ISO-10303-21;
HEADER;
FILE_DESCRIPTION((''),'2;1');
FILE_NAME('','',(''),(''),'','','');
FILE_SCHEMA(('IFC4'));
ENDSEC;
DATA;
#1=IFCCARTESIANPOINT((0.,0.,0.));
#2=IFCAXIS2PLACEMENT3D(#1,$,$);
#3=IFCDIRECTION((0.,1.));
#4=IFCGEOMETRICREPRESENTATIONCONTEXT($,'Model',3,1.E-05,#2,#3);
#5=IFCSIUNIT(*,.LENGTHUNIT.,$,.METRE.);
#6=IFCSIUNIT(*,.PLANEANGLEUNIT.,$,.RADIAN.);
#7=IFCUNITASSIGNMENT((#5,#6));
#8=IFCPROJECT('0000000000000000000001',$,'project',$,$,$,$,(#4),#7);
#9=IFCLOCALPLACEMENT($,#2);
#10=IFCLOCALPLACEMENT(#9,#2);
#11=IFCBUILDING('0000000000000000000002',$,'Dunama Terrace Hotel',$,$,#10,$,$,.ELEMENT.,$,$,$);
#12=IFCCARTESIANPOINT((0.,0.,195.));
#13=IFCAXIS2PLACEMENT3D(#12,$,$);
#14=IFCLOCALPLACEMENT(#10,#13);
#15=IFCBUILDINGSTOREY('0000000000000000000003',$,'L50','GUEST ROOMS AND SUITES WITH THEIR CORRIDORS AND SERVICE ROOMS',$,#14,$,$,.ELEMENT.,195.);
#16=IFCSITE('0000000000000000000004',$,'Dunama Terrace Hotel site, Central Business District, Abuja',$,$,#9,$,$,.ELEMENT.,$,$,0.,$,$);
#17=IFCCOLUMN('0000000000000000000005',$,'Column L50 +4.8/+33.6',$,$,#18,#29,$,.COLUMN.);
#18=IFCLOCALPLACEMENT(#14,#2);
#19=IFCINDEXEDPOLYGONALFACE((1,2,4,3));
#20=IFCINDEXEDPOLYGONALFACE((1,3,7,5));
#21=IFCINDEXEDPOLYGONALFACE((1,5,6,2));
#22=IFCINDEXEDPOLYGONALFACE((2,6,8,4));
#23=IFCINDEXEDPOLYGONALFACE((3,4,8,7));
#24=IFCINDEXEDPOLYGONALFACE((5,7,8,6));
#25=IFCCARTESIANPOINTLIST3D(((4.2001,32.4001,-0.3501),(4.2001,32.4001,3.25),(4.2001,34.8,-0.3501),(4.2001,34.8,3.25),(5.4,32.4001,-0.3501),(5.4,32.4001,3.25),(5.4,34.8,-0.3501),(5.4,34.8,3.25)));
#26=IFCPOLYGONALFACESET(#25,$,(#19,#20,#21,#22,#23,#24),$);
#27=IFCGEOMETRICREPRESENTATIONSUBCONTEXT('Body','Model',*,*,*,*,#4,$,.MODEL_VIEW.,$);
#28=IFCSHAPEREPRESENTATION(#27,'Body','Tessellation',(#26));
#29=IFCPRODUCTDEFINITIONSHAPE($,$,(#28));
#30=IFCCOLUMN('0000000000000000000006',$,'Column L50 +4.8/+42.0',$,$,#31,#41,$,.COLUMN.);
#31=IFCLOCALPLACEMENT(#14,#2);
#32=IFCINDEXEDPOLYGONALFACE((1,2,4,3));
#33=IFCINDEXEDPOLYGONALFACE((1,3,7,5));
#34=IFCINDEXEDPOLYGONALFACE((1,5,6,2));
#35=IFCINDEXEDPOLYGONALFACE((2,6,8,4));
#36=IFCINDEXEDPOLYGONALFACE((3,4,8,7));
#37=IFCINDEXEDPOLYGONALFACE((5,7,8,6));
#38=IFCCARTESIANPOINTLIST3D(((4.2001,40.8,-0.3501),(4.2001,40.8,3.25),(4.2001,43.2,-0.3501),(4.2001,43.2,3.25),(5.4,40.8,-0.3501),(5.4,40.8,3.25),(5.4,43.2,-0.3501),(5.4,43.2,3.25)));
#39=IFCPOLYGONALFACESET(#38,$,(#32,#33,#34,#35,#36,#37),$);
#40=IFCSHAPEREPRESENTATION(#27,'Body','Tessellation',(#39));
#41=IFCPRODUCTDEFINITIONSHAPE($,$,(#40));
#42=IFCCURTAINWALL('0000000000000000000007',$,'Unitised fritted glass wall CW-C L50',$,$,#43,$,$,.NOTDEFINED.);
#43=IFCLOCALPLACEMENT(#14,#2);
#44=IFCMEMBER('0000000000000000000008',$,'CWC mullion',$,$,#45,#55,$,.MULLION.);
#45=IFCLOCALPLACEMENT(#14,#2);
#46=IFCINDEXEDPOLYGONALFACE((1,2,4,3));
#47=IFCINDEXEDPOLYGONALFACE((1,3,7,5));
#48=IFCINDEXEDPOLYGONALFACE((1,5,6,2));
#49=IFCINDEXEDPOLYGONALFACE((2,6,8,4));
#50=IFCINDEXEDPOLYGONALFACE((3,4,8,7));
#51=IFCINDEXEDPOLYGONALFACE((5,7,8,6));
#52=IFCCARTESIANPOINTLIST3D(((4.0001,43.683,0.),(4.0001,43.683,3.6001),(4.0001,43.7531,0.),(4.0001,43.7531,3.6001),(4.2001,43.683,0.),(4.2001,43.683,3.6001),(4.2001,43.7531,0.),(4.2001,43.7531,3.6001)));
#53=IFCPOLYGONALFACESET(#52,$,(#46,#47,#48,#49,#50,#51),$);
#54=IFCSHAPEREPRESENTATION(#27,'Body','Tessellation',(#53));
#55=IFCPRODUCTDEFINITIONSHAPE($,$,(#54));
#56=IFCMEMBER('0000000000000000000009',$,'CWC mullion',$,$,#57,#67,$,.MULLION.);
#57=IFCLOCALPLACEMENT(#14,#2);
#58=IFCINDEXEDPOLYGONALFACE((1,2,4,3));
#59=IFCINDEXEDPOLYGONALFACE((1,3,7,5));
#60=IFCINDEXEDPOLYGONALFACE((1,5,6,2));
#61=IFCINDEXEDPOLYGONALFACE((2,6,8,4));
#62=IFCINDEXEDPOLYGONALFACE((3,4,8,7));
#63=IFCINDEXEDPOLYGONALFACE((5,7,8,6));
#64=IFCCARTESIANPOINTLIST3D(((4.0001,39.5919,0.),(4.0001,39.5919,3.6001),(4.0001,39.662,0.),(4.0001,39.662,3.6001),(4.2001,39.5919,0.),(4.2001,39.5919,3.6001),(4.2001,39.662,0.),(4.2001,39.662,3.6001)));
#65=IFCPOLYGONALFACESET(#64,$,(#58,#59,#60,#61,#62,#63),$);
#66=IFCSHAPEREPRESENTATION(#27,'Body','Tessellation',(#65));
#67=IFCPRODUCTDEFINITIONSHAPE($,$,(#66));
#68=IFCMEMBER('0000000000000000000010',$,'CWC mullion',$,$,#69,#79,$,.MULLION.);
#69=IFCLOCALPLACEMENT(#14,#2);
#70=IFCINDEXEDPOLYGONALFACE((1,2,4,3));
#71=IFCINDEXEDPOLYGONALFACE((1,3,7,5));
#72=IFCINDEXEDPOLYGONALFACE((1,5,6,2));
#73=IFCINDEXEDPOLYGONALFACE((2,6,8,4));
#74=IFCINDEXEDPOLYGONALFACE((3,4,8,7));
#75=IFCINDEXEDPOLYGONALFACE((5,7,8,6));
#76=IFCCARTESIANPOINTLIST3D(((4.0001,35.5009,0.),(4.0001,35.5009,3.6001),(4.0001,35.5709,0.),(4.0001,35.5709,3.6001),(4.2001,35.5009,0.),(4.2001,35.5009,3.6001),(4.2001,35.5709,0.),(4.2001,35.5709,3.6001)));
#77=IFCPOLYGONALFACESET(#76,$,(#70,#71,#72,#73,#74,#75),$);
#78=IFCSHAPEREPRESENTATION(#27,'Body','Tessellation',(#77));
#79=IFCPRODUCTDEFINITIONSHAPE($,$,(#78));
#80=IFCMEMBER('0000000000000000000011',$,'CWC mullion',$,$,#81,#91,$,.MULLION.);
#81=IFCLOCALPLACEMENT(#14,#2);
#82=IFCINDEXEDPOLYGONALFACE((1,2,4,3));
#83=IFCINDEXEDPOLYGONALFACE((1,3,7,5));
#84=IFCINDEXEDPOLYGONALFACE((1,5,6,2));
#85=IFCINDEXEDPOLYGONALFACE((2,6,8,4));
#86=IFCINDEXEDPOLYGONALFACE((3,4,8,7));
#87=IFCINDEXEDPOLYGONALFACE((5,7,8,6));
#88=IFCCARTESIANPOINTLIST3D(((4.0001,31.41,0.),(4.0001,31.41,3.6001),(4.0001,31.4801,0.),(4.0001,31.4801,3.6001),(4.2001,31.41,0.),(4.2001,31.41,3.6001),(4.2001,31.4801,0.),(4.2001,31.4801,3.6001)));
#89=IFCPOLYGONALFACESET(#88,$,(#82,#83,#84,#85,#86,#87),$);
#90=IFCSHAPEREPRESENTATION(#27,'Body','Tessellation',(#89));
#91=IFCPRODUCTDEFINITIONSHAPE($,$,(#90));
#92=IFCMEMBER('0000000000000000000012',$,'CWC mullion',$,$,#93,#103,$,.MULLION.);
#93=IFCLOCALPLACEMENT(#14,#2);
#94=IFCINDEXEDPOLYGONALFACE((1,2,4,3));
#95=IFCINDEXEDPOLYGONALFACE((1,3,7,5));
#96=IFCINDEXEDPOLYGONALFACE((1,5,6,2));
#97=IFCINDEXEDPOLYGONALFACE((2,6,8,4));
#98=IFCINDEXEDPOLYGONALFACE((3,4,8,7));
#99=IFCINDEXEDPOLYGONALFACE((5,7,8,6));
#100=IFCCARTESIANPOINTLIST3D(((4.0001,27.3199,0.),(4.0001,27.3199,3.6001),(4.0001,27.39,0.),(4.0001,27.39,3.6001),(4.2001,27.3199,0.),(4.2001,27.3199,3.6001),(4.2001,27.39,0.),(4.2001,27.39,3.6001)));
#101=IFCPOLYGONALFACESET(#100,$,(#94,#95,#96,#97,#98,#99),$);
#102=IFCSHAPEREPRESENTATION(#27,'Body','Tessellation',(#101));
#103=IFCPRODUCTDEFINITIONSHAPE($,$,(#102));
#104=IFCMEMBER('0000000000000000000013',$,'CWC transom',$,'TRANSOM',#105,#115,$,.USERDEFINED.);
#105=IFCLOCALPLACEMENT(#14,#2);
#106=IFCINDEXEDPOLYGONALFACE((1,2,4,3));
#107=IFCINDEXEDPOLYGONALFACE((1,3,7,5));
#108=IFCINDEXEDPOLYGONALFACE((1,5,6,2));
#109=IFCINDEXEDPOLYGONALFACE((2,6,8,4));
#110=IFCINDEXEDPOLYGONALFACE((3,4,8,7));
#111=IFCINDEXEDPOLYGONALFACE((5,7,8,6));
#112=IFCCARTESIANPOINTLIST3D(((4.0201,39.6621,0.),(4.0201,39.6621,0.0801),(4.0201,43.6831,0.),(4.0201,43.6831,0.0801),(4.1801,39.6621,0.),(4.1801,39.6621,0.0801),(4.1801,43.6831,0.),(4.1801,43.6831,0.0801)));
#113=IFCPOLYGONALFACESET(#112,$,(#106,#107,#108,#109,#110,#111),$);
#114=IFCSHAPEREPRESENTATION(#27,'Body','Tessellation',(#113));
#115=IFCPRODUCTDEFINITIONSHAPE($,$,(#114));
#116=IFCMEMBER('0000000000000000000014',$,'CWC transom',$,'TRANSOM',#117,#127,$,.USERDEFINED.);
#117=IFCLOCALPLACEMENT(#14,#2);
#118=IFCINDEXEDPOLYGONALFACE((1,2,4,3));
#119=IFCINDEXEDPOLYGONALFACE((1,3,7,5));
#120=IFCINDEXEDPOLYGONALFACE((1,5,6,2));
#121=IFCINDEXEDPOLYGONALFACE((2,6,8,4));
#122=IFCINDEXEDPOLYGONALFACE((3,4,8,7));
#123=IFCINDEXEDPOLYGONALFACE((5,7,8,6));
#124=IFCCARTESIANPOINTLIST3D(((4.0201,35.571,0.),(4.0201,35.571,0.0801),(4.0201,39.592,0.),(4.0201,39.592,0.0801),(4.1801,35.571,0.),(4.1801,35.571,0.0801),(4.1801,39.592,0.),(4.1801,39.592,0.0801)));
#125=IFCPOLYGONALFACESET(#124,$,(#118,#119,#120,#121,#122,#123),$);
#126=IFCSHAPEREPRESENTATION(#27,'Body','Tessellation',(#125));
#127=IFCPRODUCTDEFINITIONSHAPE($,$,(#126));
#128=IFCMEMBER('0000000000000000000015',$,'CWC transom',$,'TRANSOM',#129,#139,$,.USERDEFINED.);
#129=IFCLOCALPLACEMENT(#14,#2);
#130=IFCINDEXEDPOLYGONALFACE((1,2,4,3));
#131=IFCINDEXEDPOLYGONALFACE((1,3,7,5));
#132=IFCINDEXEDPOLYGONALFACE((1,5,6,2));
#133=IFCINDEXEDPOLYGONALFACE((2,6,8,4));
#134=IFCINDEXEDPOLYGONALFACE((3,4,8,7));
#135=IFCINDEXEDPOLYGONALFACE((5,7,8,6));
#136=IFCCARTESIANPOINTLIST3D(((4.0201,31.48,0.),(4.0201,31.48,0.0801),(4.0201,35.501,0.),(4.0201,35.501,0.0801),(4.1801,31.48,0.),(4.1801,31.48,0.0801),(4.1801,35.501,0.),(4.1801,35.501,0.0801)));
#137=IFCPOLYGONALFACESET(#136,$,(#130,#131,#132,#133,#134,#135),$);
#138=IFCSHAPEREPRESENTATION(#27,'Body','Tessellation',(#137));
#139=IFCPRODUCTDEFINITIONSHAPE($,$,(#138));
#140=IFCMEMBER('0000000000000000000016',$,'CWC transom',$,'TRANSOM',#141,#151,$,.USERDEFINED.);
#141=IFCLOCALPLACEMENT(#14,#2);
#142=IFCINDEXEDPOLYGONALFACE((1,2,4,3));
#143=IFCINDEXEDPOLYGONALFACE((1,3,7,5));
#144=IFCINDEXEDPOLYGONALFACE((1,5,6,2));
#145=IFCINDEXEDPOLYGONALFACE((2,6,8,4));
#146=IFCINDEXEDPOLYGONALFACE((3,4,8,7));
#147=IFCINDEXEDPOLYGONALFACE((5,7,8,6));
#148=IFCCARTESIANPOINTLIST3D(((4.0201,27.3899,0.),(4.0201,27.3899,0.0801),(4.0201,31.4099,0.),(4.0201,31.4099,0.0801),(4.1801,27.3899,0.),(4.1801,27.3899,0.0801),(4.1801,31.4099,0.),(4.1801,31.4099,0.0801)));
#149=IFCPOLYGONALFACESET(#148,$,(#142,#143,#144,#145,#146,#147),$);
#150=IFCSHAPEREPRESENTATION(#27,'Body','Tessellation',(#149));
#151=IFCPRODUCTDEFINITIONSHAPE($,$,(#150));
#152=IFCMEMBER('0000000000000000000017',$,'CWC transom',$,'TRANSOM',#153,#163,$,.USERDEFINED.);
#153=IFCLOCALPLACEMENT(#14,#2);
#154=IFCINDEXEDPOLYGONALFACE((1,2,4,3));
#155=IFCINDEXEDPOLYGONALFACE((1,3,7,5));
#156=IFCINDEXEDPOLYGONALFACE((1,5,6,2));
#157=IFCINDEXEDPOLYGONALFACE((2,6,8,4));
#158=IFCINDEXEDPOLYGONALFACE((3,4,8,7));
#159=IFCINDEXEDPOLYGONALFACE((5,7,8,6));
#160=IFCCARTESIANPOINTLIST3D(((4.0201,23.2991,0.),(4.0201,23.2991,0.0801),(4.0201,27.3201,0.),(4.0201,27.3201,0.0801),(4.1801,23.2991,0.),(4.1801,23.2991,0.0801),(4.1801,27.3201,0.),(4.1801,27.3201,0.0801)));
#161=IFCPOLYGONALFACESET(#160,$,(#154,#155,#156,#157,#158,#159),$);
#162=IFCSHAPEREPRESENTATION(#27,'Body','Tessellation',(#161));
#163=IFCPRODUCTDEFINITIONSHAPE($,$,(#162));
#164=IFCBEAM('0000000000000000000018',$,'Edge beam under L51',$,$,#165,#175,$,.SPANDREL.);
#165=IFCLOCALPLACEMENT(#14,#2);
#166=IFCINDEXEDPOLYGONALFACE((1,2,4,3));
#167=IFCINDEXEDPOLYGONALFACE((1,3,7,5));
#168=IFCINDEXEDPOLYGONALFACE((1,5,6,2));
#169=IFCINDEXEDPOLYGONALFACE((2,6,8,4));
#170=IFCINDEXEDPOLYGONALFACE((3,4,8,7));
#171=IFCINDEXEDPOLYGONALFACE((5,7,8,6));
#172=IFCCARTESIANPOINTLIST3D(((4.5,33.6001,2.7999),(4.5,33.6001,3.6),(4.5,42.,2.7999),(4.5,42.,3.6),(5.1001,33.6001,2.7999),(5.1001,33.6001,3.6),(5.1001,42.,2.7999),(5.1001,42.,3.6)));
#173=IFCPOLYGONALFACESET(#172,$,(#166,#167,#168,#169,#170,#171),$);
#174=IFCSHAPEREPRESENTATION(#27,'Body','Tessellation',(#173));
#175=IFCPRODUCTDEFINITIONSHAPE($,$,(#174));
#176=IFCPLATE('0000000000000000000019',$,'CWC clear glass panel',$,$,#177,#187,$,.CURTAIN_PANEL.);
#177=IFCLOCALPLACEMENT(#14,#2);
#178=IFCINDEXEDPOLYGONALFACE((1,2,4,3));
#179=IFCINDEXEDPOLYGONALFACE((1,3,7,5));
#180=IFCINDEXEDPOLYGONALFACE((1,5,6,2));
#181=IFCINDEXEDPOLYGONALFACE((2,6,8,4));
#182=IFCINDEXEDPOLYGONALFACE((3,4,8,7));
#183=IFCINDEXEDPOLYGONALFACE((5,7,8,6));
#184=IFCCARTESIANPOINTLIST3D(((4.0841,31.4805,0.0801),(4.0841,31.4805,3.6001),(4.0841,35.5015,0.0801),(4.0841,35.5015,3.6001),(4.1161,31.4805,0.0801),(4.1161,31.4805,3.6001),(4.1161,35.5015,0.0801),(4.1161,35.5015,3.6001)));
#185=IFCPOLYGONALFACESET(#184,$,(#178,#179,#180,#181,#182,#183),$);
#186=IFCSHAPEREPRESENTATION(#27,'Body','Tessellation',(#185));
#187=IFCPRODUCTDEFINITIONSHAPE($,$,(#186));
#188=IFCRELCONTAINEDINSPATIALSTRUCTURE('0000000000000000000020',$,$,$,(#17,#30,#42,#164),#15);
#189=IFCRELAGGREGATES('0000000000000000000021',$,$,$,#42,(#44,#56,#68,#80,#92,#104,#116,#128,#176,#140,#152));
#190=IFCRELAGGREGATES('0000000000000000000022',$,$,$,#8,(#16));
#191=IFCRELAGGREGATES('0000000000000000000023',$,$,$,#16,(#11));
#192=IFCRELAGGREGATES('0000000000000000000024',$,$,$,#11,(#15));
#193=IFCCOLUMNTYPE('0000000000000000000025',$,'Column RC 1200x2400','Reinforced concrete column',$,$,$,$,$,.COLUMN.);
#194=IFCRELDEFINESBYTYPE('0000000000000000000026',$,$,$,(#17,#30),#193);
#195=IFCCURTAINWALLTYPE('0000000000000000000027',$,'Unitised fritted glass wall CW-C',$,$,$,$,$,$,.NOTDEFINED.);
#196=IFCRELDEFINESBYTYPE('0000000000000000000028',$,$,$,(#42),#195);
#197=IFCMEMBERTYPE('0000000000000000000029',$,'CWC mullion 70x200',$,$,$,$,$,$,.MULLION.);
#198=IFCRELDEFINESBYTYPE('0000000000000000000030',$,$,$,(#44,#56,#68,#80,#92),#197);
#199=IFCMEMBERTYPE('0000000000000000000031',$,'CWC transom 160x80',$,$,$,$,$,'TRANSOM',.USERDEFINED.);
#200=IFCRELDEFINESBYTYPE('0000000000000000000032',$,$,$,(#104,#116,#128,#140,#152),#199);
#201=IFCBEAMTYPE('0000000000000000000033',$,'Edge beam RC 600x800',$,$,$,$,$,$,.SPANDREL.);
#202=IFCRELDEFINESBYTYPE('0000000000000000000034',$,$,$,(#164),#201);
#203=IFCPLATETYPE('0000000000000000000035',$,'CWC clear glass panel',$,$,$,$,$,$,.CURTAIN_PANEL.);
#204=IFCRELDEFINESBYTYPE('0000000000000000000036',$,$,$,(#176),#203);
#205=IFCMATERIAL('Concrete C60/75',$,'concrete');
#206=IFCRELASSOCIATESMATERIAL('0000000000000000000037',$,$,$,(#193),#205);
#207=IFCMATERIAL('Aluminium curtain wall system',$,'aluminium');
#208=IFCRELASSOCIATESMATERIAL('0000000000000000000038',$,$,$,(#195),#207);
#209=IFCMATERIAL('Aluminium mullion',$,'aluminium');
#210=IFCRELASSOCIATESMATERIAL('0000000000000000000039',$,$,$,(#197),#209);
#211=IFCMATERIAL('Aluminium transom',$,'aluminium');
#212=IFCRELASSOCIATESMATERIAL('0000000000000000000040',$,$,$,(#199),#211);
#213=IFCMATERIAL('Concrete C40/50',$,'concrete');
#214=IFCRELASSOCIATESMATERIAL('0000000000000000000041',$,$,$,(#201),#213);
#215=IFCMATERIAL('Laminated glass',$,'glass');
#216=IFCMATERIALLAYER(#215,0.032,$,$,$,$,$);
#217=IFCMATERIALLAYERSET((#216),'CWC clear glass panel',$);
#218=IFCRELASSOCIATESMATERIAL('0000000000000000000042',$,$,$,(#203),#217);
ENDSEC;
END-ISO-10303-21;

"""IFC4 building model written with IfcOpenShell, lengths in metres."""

from ifc_helpers import new_model, si_unit, direction, frame, origin, origin_2d, place, context, subcontext, project, spatial, rectangle, extrude, material, layer, layer_set, material_profile, profile_set, type_object, element, aggregate, save


model = new_model("IFC4")

# Units and contexts
model_context = context("Model", 3, precision=1e-05, world=origin(), true_north=direction((0.0, 1.0)))
body_context = subcontext(model_context, "Body", "Model", "MODEL_VIEW")
ifc_project = project(units=[si_unit("LENGTHUNIT", "METRE"), si_unit("PLANEANGLEUNIT", "RADIAN")], contexts=[model_context])

# Site, building, storey
site_placement = place(None, origin())
site = spatial("IfcSite", under=ifc_project, at=site_placement, Name="Dunama Terrace Hotel site, Central Business District, Abuja", CompositionType="ELEMENT", RefElevation=0.0)
building_placement = place(site_placement, origin())
building = spatial("IfcBuilding", under=site, at=building_placement, Name="Dunama Terrace Hotel", CompositionType="ELEMENT")
storey_placement = place(building_placement, frame((0.0, 0.0, 195.0)))
storey = spatial("IfcBuildingStorey", under=building, at=storey_placement, Name="L50", Description="GUEST ROOMS AND SUITES WITH THEIR CORRIDORS AND SERVICE ROOMS", CompositionType="ELEMENT", Elevation=195.0)

# Columns
ifc_material_1 = material(Name="Concrete C60/75", Category="concrete")
ifc_material_profile_1 = material_profile(ifc_material_1, rectangle(XDim=1.2, YDim=2.3999, at=origin_2d()), Name="RC 1200x2400")
ifc_profile_set_1 = profile_set([ifc_material_profile_1], Name="Concrete C60/75")
column_type = type_object("IfcColumnType", Name="Column RC 1200x2400", Description="Reinforced concrete column", PredefinedType="COLUMN", material=ifc_profile_set_1)
for number, where, z_axis, x_axis, name in (
    (1, (4.8, 33.6001, -0.3501), (0.0, 0.0, 1.0), (1.0, 0.0, 0.0), "Column L50 +4.8/+33.6"),
    (2, (4.8, 42.0, -0.3501), (0.0, 0.0, 1.0), (1.0, 0.0, 0.0), "Column L50 +4.8/+42.0"),
):
    element("IfcColumn", number, at=place(storey_placement, frame(where, z_axis=z_axis, x_axis=x_axis)), inside=storey, type_object=column_type, Name=name, PredefinedType="COLUMN", context=body_context, shape_type="SweptSolid", body=[
        extrude(rectangle(XDim=1.2, YDim=2.3999, at=origin_2d()), origin(), (0.0, 0.0, 1.0), 3.6001),
    ])

# Curtain wall, members
ifc_material_2 = material(Name="Aluminium curtain wall system", Category="aluminium")
curtain_wall_type = type_object("IfcCurtainWallType", Name="Unitised fritted glass wall CW-C", PredefinedType="NOTDEFINED", material=ifc_material_2)
curtain_wall_placement = place(storey_placement, origin())
curtain_wall = element("IfcCurtainWall", 3, at=curtain_wall_placement, inside=storey, type_object=curtain_wall_type, Name="Unitised fritted glass wall CW-C L50", PredefinedType="NOTDEFINED")
ifc_material_3 = material(Name="Aluminium mullion", Category="aluminium")
ifc_material_profile_2 = material_profile(ifc_material_3, rectangle(XDim=0.0701, YDim=0.2, at=origin_2d()), Name="CWC MULLION 70X200")
ifc_profile_set_2 = profile_set([ifc_material_profile_2], Name="Aluminium mullion")
member_type_1 = type_object("IfcMemberType", Name="CWC mullion 70x200", PredefinedType="MULLION", material=ifc_profile_set_2)
member_1_placement = place(storey_placement, frame((4.1001, 43.718, 0.0), z_axis=(0.0, 0.0, 1.0), x_axis=(0.0, -1.0, 0.0)))
member_1 = element("IfcMember", 4, at=member_1_placement, type_object=member_type_1, Name="CWC mullion", PredefinedType="MULLION", context=body_context, shape_type="SweptSolid", body=[
    extrude(rectangle(XDim=0.0701, YDim=0.2, at=origin_2d()), origin(), (0.0, 0.0, 1.0), 3.6001),
])
member_2_placement = place(storey_placement, frame((4.1001, 39.627, 0.0), z_axis=(0.0, 0.0, 1.0), x_axis=(0.0, -1.0, 0.0)))
member_2 = element("IfcMember", 5, at=member_2_placement, type_object=member_type_1, Name="CWC mullion", PredefinedType="MULLION", context=body_context, shape_type="SweptSolid", body=[
    extrude(rectangle(XDim=0.0701, YDim=0.2, at=origin_2d()), origin(), (0.0, 0.0, 1.0), 3.6001),
])
member_3_placement = place(storey_placement, frame((4.1001, 35.5359, 0.0), z_axis=(0.0, 0.0, 1.0), x_axis=(0.0, -1.0, 0.0)))
member_3 = element("IfcMember", 6, at=member_3_placement, type_object=member_type_1, Name="CWC mullion", PredefinedType="MULLION", context=body_context, shape_type="SweptSolid", body=[
    extrude(rectangle(XDim=0.0701, YDim=0.2, at=origin_2d()), origin(), (0.0, 0.0, 1.0), 3.6001),
])
member_4_placement = place(storey_placement, frame((4.1001, 31.4451, 0.0), z_axis=(0.0, 0.0, 1.0), x_axis=(0.0, -1.0, 0.0)))
member_4 = element("IfcMember", 7, at=member_4_placement, type_object=member_type_1, Name="CWC mullion", PredefinedType="MULLION", context=body_context, shape_type="SweptSolid", body=[
    extrude(rectangle(XDim=0.0701, YDim=0.2, at=origin_2d()), origin(), (0.0, 0.0, 1.0), 3.6001),
])
member_5_placement = place(storey_placement, frame((4.1001, 27.355, 0.0), z_axis=(0.0, 0.0, 1.0), x_axis=(0.0, -1.0, 0.0)))
member_5 = element("IfcMember", 8, at=member_5_placement, type_object=member_type_1, Name="CWC mullion", PredefinedType="MULLION", context=body_context, shape_type="SweptSolid", body=[
    extrude(rectangle(XDim=0.0701, YDim=0.2, at=origin_2d()), origin(), (0.0, 0.0, 1.0), 3.6001),
])
ifc_material_4 = material(Name="Aluminium transom", Category="aluminium")
ifc_material_profile_3 = material_profile(ifc_material_4, rectangle(XDim=0.1599, YDim=0.0801, at=origin_2d()), Name="CWC TRANSOM 160X80")
ifc_profile_set_3 = profile_set([ifc_material_profile_3], Name="Aluminium transom")
member_type_2 = type_object("IfcMemberType", Name="CWC transom 160x80", ElementType="TRANSOM", PredefinedType="USERDEFINED", material=ifc_profile_set_3)
member_6_placement = place(storey_placement, frame((4.1001, 43.6831, 0.04), z_axis=(0.0, -1.0, 0.0), x_axis=(1.0, 0.0, 0.0)))
member_6 = element("IfcMember", 9, at=member_6_placement, type_object=member_type_2, Name="CWC transom", ObjectType="TRANSOM", PredefinedType="USERDEFINED", context=body_context, shape_type="SweptSolid", body=[
    extrude(rectangle(XDim=0.1599, YDim=0.0801, at=origin_2d()), origin(), (0.0, 0.0, 1.0), 4.021),
])
member_7_placement = place(storey_placement, frame((4.1001, 39.592, 0.04), z_axis=(0.0, -1.0, 0.0), x_axis=(1.0, 0.0, 0.0)))
member_7 = element("IfcMember", 10, at=member_7_placement, type_object=member_type_2, Name="CWC transom", ObjectType="TRANSOM", PredefinedType="USERDEFINED", context=body_context, shape_type="SweptSolid", body=[
    extrude(rectangle(XDim=0.1599, YDim=0.0801, at=origin_2d()), origin(), (0.0, 0.0, 1.0), 4.021),
])
member_8_placement = place(storey_placement, frame((4.1001, 35.501, 0.04), z_axis=(0.0, -1.0, 0.0), x_axis=(1.0, 0.0, 0.0)))
member_8 = element("IfcMember", 11, at=member_8_placement, type_object=member_type_2, Name="CWC transom", ObjectType="TRANSOM", PredefinedType="USERDEFINED", context=body_context, shape_type="SweptSolid", body=[
    extrude(rectangle(XDim=0.1599, YDim=0.0801, at=origin_2d()), origin(), (0.0, 0.0, 1.0), 4.021),
])
member_9_placement = place(storey_placement, frame((4.1001, 31.4099, 0.04), z_axis=(0.0, -1.0, 0.0), x_axis=(1.0, 0.0, 0.0)))
member_9 = element("IfcMember", 12, at=member_9_placement, type_object=member_type_2, Name="CWC transom", ObjectType="TRANSOM", PredefinedType="USERDEFINED", context=body_context, shape_type="SweptSolid", body=[
    extrude(rectangle(XDim=0.1599, YDim=0.0801, at=origin_2d()), origin(), (0.0, 0.0, 1.0), 4.02),
])
member_10_placement = place(storey_placement, frame((4.1001, 27.3201, 0.04), z_axis=(0.0, -1.0, 0.0), x_axis=(1.0, 0.0, 0.0)))
member_10 = element("IfcMember", 13, at=member_10_placement, type_object=member_type_2, Name="CWC transom", ObjectType="TRANSOM", PredefinedType="USERDEFINED", context=body_context, shape_type="SweptSolid", body=[
    extrude(rectangle(XDim=0.1599, YDim=0.0801, at=origin_2d()), origin(), (0.0, 0.0, 1.0), 4.021),
])

# Beam
ifc_material_5 = material(Name="Concrete C40/50", Category="concrete")
ifc_material_profile_4 = material_profile(ifc_material_5, rectangle(XDim=0.6001, YDim=0.8, at=origin_2d()), Name="RC 600x800")
ifc_profile_set_4 = profile_set([ifc_material_profile_4], Name="Concrete C40/50")
beam_type = type_object("IfcBeamType", Name="Edge beam RC 600x800", PredefinedType="SPANDREL", material=ifc_profile_set_4)
beam_placement = place(storey_placement, frame((4.8, 33.6001, 3.2), z_axis=(0.0, 1.0, 0.0), x_axis=(-1.0, 0.0, 0.0)))
element("IfcBeam", 14, at=beam_placement, inside=storey, type_object=beam_type, Name="Edge beam under L51", PredefinedType="SPANDREL", context=body_context, shape_type="SweptSolid", body=[
    extrude(rectangle(XDim=0.6001, YDim=0.8, at=origin_2d()), origin(), (0.0, 0.0, 1.0), 8.3999),
])

# Plate
ifc_material_6 = material(Name="Laminated glass", Category="glass")
ifc_layer_1 = layer(ifc_material_6, 0.032)
ifc_layer_set_1 = layer_set([ifc_layer_1], Name="CWC clear glass panel")
plate_type_1 = type_object("IfcPlateType", Name="CWC clear glass panel", PredefinedType="CURTAIN_PANEL", material=ifc_layer_set_1)
plate_1_placement = place(storey_placement, frame((4.1001, 33.491, 0.0801), z_axis=(0.0, 0.0, 1.0), x_axis=(0.0, -1.0, 0.0)))
plate_1 = element("IfcPlate", 15, at=plate_1_placement, type_object=plate_type_1, Name="CWC clear glass panel", PredefinedType="CURTAIN_PANEL", context=body_context, shape_type="SweptSolid", body=[
    extrude(rectangle(XDim=4.021, YDim=0.032, at=origin_2d()), origin(), (0.0, 0.0, 1.0), 3.52),
])
aggregate(curtain_wall, [member_1, member_2, member_3, member_4, member_5, member_6, member_7, member_8, plate_1, member_9, member_10])

save(model, "model.ifc")
